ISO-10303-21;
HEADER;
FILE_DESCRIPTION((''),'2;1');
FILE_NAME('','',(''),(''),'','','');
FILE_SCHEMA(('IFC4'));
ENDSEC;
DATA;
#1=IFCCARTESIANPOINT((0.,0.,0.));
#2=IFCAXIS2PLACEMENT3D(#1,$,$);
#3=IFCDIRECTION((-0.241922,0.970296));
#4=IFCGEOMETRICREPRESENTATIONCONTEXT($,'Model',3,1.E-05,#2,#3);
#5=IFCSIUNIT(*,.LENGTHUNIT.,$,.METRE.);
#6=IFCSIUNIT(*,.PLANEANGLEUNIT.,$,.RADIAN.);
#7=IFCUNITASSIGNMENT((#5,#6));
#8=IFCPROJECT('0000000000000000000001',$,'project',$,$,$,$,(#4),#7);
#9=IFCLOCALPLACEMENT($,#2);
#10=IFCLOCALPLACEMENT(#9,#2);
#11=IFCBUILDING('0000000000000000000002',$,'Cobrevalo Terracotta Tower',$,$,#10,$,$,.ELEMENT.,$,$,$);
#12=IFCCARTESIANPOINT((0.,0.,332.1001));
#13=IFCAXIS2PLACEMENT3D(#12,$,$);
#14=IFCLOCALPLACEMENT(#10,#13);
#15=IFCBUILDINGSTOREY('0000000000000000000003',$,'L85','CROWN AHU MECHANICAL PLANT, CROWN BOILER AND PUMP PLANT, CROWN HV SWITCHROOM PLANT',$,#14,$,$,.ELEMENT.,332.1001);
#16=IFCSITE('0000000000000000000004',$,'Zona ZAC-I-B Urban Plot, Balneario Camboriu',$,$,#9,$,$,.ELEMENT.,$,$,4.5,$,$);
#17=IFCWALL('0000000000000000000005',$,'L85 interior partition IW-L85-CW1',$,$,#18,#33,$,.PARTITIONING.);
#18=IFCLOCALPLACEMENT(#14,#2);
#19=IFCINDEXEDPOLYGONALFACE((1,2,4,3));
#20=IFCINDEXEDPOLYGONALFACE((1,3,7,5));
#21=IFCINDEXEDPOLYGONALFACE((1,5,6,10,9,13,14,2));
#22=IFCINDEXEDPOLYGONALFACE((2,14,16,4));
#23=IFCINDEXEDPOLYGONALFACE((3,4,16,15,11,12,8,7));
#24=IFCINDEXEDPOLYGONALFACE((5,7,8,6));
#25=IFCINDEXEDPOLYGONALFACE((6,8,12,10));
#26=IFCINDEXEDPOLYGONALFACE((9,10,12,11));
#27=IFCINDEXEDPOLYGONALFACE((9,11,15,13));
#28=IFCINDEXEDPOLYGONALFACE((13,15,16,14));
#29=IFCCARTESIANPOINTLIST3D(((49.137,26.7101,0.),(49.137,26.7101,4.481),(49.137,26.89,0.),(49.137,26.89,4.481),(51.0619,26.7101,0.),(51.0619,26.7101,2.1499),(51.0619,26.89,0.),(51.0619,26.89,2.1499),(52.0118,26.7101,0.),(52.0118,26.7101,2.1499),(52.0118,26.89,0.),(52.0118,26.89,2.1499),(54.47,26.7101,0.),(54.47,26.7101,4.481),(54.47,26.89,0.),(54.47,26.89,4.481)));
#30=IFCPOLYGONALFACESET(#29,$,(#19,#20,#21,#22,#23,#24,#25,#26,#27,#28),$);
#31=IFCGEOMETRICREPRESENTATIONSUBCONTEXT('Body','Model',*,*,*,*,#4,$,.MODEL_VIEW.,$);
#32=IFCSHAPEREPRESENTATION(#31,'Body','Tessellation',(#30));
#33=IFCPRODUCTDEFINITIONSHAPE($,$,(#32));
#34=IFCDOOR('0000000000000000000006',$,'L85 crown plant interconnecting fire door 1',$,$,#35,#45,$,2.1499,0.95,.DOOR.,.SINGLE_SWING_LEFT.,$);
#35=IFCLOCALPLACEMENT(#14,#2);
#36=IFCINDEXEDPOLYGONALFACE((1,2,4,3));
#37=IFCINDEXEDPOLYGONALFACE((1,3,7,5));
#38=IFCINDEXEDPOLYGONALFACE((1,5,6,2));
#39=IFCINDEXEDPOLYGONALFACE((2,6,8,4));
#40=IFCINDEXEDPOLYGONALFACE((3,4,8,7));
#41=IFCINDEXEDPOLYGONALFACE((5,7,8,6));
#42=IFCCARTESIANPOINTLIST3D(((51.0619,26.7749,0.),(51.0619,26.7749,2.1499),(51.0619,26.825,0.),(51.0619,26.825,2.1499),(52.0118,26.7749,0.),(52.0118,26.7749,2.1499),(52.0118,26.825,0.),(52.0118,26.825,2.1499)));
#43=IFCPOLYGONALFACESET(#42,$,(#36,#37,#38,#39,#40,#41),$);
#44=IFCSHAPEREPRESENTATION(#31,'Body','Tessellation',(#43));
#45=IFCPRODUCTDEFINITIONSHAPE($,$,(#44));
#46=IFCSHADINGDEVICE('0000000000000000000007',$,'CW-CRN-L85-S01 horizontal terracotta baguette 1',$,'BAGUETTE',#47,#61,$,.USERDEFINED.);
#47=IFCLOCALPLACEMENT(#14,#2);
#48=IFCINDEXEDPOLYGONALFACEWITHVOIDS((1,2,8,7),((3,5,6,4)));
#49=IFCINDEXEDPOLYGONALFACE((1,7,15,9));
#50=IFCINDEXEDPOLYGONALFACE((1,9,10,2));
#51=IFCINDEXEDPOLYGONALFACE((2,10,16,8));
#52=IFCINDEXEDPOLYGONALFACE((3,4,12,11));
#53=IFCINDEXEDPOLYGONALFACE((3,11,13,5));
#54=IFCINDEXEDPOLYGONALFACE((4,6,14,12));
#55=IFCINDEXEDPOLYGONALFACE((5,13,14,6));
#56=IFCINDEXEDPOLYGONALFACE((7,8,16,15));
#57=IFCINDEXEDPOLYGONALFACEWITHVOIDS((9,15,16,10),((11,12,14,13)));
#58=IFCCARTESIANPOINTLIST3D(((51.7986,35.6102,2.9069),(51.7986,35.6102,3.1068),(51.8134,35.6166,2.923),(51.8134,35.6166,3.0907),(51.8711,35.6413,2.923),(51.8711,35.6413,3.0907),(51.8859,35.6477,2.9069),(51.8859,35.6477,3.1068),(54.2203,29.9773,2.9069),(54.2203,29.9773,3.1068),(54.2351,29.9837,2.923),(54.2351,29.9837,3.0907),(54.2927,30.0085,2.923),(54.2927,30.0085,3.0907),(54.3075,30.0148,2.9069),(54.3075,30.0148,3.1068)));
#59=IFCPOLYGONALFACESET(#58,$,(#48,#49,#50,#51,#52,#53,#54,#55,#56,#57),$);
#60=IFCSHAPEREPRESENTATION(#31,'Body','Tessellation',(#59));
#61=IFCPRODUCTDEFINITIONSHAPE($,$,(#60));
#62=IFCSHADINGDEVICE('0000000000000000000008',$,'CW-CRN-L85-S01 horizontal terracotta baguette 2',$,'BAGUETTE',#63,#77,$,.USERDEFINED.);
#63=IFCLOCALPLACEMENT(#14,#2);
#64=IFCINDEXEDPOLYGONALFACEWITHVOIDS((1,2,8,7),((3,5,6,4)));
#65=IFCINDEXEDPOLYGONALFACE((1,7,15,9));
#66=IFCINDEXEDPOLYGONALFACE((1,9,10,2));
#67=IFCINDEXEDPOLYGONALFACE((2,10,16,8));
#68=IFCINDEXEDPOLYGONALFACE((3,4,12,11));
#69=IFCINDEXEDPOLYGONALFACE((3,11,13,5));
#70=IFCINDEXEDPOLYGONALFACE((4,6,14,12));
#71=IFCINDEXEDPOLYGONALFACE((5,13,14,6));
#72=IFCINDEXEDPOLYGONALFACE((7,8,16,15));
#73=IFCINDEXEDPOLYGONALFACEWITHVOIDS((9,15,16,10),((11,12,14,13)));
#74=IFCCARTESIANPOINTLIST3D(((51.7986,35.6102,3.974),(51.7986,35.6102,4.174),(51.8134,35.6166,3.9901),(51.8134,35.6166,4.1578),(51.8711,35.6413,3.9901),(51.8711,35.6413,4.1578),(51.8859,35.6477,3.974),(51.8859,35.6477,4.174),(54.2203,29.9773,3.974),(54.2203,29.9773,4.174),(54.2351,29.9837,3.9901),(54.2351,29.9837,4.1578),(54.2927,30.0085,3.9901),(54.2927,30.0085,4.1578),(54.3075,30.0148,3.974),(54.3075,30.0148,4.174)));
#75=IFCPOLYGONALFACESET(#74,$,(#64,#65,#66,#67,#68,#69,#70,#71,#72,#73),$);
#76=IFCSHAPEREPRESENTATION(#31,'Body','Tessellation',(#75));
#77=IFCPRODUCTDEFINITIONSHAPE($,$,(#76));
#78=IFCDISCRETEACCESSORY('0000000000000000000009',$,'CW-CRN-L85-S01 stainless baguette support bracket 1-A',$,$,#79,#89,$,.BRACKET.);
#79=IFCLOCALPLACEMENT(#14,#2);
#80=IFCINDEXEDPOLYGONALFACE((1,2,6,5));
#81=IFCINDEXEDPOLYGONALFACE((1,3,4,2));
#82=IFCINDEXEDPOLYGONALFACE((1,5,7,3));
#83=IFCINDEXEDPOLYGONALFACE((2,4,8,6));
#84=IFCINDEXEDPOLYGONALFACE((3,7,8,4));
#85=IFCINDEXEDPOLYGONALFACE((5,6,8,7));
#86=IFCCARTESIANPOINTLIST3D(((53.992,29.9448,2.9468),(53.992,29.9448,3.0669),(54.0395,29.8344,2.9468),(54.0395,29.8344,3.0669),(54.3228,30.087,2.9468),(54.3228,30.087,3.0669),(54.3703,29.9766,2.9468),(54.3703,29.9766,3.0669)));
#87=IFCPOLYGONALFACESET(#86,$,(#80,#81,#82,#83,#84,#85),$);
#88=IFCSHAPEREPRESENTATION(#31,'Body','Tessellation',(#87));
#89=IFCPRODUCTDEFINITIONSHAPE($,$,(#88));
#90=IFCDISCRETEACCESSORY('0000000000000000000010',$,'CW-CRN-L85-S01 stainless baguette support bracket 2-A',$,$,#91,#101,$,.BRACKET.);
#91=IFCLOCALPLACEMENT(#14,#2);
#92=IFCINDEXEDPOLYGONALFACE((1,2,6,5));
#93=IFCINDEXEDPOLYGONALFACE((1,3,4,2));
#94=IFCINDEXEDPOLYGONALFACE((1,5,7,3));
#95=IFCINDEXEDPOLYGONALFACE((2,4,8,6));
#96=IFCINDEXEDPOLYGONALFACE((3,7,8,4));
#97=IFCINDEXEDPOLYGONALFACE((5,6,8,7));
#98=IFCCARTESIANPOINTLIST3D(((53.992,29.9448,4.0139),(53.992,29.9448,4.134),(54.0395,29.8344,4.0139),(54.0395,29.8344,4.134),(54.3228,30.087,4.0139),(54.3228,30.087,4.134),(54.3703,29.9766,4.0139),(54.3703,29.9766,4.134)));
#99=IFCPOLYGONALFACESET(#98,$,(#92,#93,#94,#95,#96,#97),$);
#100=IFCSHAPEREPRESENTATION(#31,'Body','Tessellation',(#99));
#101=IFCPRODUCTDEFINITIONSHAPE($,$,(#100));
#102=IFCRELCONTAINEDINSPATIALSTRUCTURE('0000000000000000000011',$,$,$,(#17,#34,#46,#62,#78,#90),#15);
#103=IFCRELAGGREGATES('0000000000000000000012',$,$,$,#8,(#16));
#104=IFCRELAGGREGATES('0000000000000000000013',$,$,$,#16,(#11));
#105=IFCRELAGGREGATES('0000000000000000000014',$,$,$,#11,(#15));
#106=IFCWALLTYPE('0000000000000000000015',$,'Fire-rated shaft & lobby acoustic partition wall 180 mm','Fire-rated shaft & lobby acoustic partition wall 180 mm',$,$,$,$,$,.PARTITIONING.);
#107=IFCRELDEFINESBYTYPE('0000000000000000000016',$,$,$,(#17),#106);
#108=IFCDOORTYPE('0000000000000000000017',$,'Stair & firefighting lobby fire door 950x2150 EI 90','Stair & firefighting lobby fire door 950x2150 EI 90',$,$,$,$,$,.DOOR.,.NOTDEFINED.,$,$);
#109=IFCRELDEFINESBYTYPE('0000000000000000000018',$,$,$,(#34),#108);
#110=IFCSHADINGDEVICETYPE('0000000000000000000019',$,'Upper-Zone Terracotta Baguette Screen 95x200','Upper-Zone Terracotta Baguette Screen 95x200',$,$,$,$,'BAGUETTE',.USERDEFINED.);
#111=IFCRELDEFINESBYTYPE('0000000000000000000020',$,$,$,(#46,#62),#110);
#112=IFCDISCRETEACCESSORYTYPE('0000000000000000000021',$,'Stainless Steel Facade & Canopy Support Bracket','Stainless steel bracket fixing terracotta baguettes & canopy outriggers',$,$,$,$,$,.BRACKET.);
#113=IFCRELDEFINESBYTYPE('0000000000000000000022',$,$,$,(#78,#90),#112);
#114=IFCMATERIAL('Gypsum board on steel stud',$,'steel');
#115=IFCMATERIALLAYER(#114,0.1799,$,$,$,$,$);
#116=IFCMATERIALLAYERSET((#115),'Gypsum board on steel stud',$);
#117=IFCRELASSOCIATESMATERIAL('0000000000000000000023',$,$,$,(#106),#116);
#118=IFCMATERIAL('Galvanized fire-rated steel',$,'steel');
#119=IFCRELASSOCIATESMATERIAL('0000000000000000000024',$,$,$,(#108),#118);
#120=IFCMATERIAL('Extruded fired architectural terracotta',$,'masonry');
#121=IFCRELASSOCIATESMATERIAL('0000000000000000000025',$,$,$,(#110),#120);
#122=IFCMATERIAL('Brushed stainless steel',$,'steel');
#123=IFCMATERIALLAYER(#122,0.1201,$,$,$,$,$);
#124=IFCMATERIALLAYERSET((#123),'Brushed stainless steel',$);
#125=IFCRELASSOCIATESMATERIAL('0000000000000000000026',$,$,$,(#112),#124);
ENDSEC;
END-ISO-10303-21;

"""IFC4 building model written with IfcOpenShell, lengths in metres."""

from ifc_helpers import new_model, si_unit, direction, frame, frame_2d, origin, origin_2d, place, context, subcontext, project, spatial, rectangle, hollow_rectangle, extrude, source, transform, mapped, material, layer, layer_set, material_profile, profile_set, type_object, element, fill, save


model = new_model("IFC4")

# Units and contexts
model_context = context("Model", 3, precision=1e-05, world=origin(), true_north=direction((-0.241922, 0.970296)))
body_context = subcontext(model_context, "Body", "Model", "MODEL_VIEW")
ifc_project = project(units=[si_unit("LENGTHUNIT", "METRE"), si_unit("PLANEANGLEUNIT", "RADIAN")], contexts=[model_context])

# Site, building, storey
site_placement = place(None, origin())
site = spatial("IfcSite", under=ifc_project, at=site_placement, Name="Zona ZAC-I-B Urban Plot, Balneario Camboriu", CompositionType="ELEMENT", RefElevation=4.5)
building_placement = place(site_placement, origin())
building = spatial("IfcBuilding", under=site, at=building_placement, Name="Cobrevalo Terracotta Tower", CompositionType="ELEMENT")
storey_placement = place(building_placement, frame((0.0, 0.0, 332.1001)))
storey = spatial("IfcBuildingStorey", under=building, at=storey_placement, Name="L85", Description="CROWN AHU MECHANICAL PLANT, CROWN BOILER AND PUMP PLANT, CROWN HV SWITCHROOM PLANT", CompositionType="ELEMENT", Elevation=332.1001)

# Wall, opening, door
ifc_material_1 = material(Name="Gypsum board on steel stud", Category="steel")
ifc_layer_1 = layer(ifc_material_1, 0.1799)
ifc_layer_set_1 = layer_set([ifc_layer_1], Name="Gypsum board on steel stud")
wall_type = type_object("IfcWallType", Name="Fire-rated shaft & lobby acoustic partition wall 180 mm", Description="Fire-rated shaft & lobby acoustic partition wall 180 mm", PredefinedType="PARTITIONING", material=ifc_layer_set_1)
wall_placement = place(storey_placement, frame((49.137, 26.8, 0.0), z_axis=(0.0, 0.0, 1.0), x_axis=(1.0, 0.0, 0.0)))
wall = element("IfcWall", 1, at=wall_placement, inside=storey, type_object=wall_type, Name="L85 interior partition IW-L85-CW1", PredefinedType="PARTITIONING", context=body_context, shape_type="SweptSolid", body=[
    extrude(rectangle(XDim=5.333, YDim=0.1799, at=frame_2d((2.6665, 0.0))), origin(), (0.0, 0.0, 1.0), 4.481),
])
opening_placement = place(wall_placement, frame((1.9248, 0.0, 0.0)))
opening = element("IfcOpeningElement", 2, at=opening_placement, cuts=wall, PredefinedType="OPENING", context=body_context, shape_type="SweptSolid", body=[
    extrude(rectangle(XDim=0.95, YDim=2.1499, at=frame_2d((0.4751, 1.075))), frame((0.0, 0.1001, 0.0), z_axis=(0.0, -1.0, 0.0), x_axis=(1.0, 0.0, 0.0)), (0.0, 0.0, 1.0), 0.2),
])
ifc_material_2 = material(Name="Galvanized fire-rated steel", Category="steel")
door_type = type_object("IfcDoorType", Name="Stair & firefighting lobby fire door 950x2150 EI 90", Description="Stair & firefighting lobby fire door 950x2150 EI 90", OperationType="NOTDEFINED", PredefinedType="DOOR", material=ifc_material_2)
shared_shape_1 = source(origin(), body_context, "Body", "SweptSolid", [
    extrude(rectangle(XDim=0.95, YDim=2.1499, at=frame_2d((0.4751, 1.075))), frame((0.0, 0.0249, 0.0), z_axis=(0.0, -1.0, 0.0), x_axis=(1.0, 0.0, 0.0)), (0.0, 0.0, 1.0), 0.05),
])
door_placement = place(opening_placement, origin())
door = element("IfcDoor", 3, at=door_placement, inside=storey, type_object=door_type, Name="L85 crown plant interconnecting fire door 1", OperationType="SINGLE_SWING_LEFT", OverallHeight=2.1499, OverallWidth=0.95, PredefinedType="DOOR", context=body_context, shape_type="MappedRepresentation", body=[
    mapped(shared_shape_1, transform((0.0, 0.0, 0.0), scale=1.0)),
])
fill(opening, door)

# Shading devices
ifc_material_3 = material(Name="Extruded fired architectural terracotta", Category="masonry")
ifc_material_profile_1 = material_profile(ifc_material_3, hollow_rectangle(XDim=0.095, YDim=0.2, WallThickness=0.0161, at=origin_2d()), Name="BAGUETTE 95x200")
ifc_profile_set_1 = profile_set([ifc_material_profile_1], Name="Extruded fired architectural terracotta")
shading_device_type = type_object("IfcShadingDeviceType", Name="Upper-Zone Terracotta Baguette Screen 95x200", Description="Upper-Zone Terracotta Baguette Screen 95x200", ElementType="BAGUETTE", PredefinedType="USERDEFINED", material=ifc_profile_set_1)
shared_shape_2 = source(origin(), body_context, "Body", "SweptSolid", [
    extrude(hollow_rectangle(XDim=0.095, YDim=0.2, WallThickness=0.0161, at=origin_2d()), origin(), (0.0, 0.0, 1.0), 6.1313),
])
for number, where, z_axis, x_axis, name in (
    (4, (54.2639, 29.9961, 3.0068), (-0.394962, 0.918698, 0.0), (-0.918698, -0.394962, 0.0), "CW-CRN-L85-S01 horizontal terracotta baguette 1"),
    (5, (54.2639, 29.9961, 4.074), (-0.394962, 0.918698, 0.0), (-0.918698, -0.394962, 0.0), "CW-CRN-L85-S01 horizontal terracotta baguette 2"),
):
    element("IfcShadingDevice", number, at=place(storey_placement, frame(where, z_axis=z_axis, x_axis=x_axis)), inside=storey, type_object=shading_device_type, Name=name, ObjectType="BAGUETTE", PredefinedType="USERDEFINED", context=body_context, shape_type="MappedRepresentation", body=[
        mapped(shared_shape_2, transform((0.0, 0.0, 0.0), scale=1.0)),
    ])

# Discrete accessories
ifc_material_4 = material(Name="Brushed stainless steel", Category="steel")
ifc_layer_2 = layer(ifc_material_4, 0.1201)
ifc_layer_set_2 = layer_set([ifc_layer_2], Name="Brushed stainless steel")
discrete_accessory_type = type_object("IfcDiscreteAccessoryType", Name="Stainless Steel Facade & Canopy Support Bracket", Description="Stainless steel bracket fixing terracotta baguettes & canopy outriggers", PredefinedType="BRACKET", material=ifc_layer_set_2)
shared_shape_3 = source(origin(), body_context, "Body", "SweptSolid", [
    extrude(rectangle(XDim=0.1201, YDim=0.3601, at=origin_2d()), origin(), (0.0, 0.0, 1.0), 0.1201),
])
for number, where, z_axis, x_axis, name in (
    (6, (54.1812, 29.9607, 2.9468), (0.0, 0.0, 1.0), (-0.39496, 0.918698, 0.0), "CW-CRN-L85-S01 stainless baguette support bracket 1-A"),
    (7, (54.1812, 29.9607, 4.0139), (0.0, 0.0, 1.0), (-0.39496, 0.918698, 0.0), "CW-CRN-L85-S01 stainless baguette support bracket 2-A"),
):
    element("IfcDiscreteAccessory", number, at=place(storey_placement, frame(where, z_axis=z_axis, x_axis=x_axis)), inside=storey, type_object=discrete_accessory_type, Name=name, PredefinedType="BRACKET", context=body_context, shape_type="MappedRepresentation", body=[
        mapped(shared_shape_3, transform((0.0, 0.0, 0.0), scale=1.0)),
    ])

save(model, "model.ifc")
